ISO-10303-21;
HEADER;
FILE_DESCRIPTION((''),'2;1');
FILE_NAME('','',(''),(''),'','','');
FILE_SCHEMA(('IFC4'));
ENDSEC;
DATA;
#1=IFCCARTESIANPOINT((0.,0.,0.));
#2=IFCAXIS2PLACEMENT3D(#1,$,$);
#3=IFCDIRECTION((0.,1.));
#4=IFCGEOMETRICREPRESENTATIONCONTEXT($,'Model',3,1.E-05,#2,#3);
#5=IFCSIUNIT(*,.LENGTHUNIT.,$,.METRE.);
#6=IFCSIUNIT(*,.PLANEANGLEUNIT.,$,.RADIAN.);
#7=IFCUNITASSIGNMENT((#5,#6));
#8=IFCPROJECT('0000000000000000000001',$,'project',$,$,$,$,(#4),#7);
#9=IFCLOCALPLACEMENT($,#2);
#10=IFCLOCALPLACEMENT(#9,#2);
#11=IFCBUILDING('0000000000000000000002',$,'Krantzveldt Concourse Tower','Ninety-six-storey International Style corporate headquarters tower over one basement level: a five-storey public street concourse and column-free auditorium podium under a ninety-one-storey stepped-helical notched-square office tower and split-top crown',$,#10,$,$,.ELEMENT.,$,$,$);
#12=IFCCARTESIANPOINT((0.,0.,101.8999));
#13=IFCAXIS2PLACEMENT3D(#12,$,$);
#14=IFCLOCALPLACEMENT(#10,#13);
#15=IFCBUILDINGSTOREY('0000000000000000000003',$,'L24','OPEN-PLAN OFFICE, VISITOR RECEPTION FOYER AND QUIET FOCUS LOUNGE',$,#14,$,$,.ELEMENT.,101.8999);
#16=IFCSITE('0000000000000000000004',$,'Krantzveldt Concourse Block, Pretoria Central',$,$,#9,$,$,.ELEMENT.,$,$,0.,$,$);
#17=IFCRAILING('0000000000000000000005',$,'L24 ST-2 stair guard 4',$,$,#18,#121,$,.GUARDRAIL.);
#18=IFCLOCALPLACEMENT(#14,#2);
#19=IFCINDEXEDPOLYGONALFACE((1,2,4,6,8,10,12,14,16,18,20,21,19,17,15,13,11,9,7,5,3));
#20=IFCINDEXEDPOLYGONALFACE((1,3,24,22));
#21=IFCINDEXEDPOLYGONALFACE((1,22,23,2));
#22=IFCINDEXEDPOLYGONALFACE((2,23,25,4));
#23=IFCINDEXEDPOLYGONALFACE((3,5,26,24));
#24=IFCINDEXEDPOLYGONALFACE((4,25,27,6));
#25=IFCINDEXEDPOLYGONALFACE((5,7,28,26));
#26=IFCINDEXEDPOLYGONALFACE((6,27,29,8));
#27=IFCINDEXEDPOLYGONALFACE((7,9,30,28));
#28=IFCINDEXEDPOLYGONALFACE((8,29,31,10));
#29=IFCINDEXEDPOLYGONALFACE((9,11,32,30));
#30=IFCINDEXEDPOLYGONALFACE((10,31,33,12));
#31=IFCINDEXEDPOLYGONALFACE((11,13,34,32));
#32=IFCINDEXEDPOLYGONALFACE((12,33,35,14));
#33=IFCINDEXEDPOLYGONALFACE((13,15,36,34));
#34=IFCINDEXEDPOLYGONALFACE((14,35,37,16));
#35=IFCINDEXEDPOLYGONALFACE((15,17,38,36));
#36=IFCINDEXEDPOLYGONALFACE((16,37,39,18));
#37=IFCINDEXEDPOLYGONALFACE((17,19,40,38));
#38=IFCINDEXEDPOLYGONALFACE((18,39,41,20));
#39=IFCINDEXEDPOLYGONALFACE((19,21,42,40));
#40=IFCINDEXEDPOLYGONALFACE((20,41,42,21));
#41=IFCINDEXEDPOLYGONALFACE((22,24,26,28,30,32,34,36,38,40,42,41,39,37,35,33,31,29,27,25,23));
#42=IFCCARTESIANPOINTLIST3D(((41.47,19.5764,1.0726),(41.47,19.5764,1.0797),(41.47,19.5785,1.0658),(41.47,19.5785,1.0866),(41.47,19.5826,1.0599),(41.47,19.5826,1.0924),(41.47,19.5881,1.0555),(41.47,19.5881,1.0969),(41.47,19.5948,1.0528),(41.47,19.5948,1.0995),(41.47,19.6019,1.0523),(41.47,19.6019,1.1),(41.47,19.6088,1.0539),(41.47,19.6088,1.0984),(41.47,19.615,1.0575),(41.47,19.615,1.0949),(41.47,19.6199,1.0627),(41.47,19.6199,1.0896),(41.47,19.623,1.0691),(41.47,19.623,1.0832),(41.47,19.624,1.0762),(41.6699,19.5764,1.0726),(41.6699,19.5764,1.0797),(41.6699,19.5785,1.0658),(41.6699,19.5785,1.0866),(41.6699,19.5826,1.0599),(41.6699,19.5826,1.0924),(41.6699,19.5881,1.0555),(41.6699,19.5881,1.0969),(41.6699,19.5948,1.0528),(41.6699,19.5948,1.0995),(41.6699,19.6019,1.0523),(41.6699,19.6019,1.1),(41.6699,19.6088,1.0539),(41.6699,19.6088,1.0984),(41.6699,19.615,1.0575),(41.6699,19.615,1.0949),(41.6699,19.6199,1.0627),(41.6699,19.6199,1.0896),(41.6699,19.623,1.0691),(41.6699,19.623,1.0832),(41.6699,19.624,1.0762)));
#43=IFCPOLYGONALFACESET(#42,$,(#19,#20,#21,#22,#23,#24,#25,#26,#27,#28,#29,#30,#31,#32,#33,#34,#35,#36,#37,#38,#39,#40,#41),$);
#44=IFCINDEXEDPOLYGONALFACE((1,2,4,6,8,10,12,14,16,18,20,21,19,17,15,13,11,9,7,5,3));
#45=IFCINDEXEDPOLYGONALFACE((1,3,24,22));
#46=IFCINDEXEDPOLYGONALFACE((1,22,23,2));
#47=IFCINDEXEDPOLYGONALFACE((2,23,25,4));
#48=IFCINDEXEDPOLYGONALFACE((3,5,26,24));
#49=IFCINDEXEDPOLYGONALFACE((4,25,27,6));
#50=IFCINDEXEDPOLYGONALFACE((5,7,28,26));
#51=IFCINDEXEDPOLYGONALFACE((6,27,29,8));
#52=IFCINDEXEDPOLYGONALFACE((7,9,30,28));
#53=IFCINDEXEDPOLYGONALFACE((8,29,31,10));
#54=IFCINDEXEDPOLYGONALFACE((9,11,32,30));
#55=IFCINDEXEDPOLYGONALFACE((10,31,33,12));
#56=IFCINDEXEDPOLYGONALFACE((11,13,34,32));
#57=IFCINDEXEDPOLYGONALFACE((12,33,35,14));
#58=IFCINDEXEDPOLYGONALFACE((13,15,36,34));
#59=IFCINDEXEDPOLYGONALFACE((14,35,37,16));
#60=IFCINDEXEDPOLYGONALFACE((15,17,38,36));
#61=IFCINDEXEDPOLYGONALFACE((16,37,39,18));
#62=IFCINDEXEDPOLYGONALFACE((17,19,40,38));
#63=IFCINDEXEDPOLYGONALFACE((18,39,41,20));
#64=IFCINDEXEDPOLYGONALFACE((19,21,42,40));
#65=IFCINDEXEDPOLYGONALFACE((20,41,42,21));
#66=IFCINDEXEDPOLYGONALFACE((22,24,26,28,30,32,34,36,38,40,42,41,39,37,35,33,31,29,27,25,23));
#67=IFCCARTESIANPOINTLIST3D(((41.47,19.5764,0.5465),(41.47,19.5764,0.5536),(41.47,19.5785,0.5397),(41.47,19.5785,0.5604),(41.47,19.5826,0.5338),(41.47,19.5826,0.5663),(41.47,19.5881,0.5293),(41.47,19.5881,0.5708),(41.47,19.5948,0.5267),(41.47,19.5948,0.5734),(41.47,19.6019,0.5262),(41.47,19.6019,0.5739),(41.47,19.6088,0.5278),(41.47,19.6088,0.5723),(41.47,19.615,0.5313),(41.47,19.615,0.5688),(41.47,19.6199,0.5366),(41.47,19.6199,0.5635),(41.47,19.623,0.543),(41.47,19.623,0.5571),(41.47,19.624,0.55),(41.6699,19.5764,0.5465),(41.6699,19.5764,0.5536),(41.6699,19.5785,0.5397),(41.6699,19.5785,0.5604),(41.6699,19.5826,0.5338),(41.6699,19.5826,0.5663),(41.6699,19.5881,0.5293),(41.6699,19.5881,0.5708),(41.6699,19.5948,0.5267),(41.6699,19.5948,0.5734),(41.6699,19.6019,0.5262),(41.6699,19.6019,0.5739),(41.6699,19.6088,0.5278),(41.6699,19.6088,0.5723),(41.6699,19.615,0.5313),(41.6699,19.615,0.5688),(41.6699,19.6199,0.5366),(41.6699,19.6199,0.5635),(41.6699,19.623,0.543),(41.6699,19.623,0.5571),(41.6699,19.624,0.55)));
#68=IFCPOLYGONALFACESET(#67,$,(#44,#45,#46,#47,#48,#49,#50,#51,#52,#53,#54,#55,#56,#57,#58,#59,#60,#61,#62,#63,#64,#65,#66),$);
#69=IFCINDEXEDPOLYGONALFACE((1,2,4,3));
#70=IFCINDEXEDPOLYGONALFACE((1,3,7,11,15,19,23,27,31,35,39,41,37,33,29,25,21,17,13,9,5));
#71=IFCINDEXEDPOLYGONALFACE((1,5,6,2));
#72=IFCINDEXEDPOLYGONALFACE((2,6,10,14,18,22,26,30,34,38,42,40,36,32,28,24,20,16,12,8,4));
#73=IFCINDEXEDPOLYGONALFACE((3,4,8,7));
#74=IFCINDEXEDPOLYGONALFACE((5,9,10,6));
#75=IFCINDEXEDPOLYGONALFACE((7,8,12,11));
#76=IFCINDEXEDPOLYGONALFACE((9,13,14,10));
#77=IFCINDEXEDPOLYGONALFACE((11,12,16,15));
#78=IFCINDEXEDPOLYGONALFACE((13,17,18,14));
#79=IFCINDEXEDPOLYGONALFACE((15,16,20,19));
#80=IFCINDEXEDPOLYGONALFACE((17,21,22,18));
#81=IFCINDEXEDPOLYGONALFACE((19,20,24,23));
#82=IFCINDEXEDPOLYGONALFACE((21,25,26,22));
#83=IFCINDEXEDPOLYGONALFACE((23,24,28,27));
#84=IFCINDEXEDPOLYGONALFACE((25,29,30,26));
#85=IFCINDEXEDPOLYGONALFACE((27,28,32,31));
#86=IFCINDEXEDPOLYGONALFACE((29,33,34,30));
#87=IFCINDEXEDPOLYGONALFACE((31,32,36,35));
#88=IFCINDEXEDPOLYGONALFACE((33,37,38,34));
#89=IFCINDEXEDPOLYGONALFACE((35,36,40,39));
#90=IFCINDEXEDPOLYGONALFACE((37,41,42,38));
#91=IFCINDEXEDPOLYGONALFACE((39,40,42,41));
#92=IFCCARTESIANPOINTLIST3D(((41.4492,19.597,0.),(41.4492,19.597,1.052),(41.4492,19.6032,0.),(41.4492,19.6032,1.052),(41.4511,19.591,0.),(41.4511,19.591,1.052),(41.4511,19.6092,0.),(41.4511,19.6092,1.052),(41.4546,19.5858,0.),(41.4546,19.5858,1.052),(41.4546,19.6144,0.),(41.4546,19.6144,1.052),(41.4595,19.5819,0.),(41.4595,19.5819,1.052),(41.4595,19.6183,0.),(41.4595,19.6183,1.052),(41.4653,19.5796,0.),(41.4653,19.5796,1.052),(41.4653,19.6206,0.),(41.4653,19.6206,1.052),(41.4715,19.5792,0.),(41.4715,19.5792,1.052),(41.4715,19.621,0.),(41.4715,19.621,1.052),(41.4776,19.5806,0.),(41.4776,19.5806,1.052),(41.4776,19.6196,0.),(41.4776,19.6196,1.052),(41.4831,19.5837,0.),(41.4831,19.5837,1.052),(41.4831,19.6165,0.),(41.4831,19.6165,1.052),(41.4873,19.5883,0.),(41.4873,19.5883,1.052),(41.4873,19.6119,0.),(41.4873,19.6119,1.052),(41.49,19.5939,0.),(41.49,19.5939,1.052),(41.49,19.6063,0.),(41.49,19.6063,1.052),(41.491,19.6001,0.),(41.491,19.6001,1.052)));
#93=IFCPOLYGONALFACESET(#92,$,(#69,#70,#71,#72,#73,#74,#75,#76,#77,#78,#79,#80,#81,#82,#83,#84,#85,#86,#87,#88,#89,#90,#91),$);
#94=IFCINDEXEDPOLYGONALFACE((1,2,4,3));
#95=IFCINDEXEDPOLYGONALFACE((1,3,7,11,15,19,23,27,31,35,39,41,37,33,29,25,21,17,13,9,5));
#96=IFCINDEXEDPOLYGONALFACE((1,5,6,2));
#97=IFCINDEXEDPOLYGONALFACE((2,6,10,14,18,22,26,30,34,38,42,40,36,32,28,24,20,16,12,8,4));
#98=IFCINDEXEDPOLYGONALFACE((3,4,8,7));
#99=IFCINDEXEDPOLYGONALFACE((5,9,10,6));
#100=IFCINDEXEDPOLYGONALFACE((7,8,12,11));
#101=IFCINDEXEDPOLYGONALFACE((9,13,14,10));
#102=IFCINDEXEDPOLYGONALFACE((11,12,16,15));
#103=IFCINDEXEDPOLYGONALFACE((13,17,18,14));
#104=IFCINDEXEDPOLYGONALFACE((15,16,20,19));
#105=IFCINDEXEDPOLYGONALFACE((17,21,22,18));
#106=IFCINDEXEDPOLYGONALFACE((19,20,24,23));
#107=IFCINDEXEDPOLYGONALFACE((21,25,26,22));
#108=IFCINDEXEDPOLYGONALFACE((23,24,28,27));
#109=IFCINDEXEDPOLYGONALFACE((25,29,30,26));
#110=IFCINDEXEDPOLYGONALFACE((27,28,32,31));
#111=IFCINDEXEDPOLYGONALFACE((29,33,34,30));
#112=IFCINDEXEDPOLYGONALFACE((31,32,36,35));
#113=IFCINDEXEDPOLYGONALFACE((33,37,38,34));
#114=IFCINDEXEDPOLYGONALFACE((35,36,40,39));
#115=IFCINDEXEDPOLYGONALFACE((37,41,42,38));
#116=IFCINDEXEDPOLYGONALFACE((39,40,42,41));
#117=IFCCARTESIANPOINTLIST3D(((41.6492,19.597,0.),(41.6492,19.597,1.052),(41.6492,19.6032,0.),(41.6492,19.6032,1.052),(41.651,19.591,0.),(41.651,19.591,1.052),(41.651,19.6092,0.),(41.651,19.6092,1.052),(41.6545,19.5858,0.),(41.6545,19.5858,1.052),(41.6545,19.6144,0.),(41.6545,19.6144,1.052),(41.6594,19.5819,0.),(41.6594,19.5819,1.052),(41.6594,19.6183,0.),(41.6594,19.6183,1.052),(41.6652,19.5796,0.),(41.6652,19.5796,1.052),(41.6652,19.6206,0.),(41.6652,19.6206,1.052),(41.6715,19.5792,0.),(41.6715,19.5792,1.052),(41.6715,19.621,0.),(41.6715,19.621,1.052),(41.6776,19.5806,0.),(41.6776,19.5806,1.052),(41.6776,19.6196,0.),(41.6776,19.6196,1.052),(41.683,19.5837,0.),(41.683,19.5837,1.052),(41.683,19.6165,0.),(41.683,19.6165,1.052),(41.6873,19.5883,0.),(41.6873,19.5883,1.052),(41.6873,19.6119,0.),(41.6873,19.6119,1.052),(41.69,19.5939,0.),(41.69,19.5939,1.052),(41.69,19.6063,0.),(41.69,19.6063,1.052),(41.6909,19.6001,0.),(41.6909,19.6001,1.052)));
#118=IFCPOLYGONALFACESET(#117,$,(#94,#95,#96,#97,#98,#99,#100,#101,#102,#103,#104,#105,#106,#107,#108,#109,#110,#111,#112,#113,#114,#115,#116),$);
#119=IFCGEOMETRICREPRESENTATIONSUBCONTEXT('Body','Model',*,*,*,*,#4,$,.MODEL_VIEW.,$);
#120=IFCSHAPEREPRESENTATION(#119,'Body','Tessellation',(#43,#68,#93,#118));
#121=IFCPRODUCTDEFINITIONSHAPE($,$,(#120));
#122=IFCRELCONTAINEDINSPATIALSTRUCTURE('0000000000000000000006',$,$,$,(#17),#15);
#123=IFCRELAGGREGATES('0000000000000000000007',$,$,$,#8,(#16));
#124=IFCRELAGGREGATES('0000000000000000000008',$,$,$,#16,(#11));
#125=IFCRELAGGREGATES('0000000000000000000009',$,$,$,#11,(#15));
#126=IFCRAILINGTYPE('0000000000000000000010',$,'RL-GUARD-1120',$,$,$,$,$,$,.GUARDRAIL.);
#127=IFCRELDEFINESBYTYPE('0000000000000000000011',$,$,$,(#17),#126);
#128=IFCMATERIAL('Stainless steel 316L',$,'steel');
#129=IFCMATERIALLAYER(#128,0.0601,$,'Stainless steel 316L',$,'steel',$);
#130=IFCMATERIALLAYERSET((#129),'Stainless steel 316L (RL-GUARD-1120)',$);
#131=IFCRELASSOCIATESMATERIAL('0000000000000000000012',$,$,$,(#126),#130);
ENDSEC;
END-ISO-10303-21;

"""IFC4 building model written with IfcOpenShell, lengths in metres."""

from ifc_helpers import new_model, si_unit, direction, frame, origin, origin_2d, place, context, subcontext, project, spatial, circle, extrude, material, layer, layer_set, type_object, element, save


model = new_model("IFC4")

# Units and contexts
model_context = context("Model", 3, precision=1e-05, world=origin(), true_north=direction((0.0, 1.0)))
body_context = subcontext(model_context, "Body", "Model", "MODEL_VIEW")
ifc_project = project(units=[si_unit("LENGTHUNIT", "METRE"), si_unit("PLANEANGLEUNIT", "RADIAN")], contexts=[model_context])

# Site, building, storey
site_placement = place(None, origin())
site = spatial("IfcSite", under=ifc_project, at=site_placement, Name="Krantzveldt Concourse Block, Pretoria Central", CompositionType="ELEMENT", RefElevation=0.0)
building_placement = place(site_placement, origin())
building = spatial("IfcBuilding", under=site, at=building_placement, Name="Krantzveldt Concourse Tower", Description="Ninety-six-storey International Style corporate headquarters tower over one basement level: a five-storey public street concourse and column-free auditorium podium under a ninety-one-storey stepped-helical notched-square office tower and split-top crown", CompositionType="ELEMENT")
storey_placement = place(building_placement, frame((0.0, 0.0, 101.8999)))
storey = spatial("IfcBuildingStorey", under=building, at=storey_placement, Name="L24", Description="OPEN-PLAN OFFICE, VISITOR RECEPTION FOYER AND QUIET FOCUS LOUNGE", CompositionType="ELEMENT", Elevation=101.8999)

# Shared definitions
ifc_material_1 = material(Name="Stainless steel 316L", Category="steel")

# Railing
ifc_layer_1 = layer(ifc_material_1, 0.0601, Name="Stainless steel 316L", Category="steel")
ifc_layer_set_1 = layer_set([ifc_layer_1], Name="Stainless steel 316L (RL-GUARD-1120)")
railing_type_1 = type_object("IfcRailingType", Name="RL-GUARD-1120", PredefinedType="GUARDRAIL", material=ifc_layer_set_1)
railing_1_placement = place(storey_placement, frame((41.47, 19.6001, 0.0)))
element("IfcRailing", 1, at=railing_1_placement, inside=storey, type_object=railing_type_1, Name="L24 ST-2 stair guard 4", PredefinedType="GUARDRAIL", context=body_context, shape_type="SweptSolid", body=[
    extrude(circle(Radius=0.0239, at=origin_2d()), frame((0.0, 0.0, 1.0762), z_axis=(1.0, 0.0, 0.0), x_axis=(0.0, 1.0, 0.0)), (0.0, 0.0, 1.0), 0.2),
    extrude(circle(Radius=0.0239, at=origin_2d()), frame((0.0, 0.0, 0.55), z_axis=(1.0, 0.0, 0.0), x_axis=(0.0, 1.0, 0.0)), (0.0, 0.0, 1.0), 0.2),
    extrude(circle(Radius=0.021, at=origin_2d()), origin(), (0.0, 0.0, 1.0), 1.052),
    extrude(circle(Radius=0.021, at=origin_2d()), frame((0.2, 0.0, 0.0)), (0.0, 0.0, 1.0), 1.052),
])

save(model, "model.ifc")
